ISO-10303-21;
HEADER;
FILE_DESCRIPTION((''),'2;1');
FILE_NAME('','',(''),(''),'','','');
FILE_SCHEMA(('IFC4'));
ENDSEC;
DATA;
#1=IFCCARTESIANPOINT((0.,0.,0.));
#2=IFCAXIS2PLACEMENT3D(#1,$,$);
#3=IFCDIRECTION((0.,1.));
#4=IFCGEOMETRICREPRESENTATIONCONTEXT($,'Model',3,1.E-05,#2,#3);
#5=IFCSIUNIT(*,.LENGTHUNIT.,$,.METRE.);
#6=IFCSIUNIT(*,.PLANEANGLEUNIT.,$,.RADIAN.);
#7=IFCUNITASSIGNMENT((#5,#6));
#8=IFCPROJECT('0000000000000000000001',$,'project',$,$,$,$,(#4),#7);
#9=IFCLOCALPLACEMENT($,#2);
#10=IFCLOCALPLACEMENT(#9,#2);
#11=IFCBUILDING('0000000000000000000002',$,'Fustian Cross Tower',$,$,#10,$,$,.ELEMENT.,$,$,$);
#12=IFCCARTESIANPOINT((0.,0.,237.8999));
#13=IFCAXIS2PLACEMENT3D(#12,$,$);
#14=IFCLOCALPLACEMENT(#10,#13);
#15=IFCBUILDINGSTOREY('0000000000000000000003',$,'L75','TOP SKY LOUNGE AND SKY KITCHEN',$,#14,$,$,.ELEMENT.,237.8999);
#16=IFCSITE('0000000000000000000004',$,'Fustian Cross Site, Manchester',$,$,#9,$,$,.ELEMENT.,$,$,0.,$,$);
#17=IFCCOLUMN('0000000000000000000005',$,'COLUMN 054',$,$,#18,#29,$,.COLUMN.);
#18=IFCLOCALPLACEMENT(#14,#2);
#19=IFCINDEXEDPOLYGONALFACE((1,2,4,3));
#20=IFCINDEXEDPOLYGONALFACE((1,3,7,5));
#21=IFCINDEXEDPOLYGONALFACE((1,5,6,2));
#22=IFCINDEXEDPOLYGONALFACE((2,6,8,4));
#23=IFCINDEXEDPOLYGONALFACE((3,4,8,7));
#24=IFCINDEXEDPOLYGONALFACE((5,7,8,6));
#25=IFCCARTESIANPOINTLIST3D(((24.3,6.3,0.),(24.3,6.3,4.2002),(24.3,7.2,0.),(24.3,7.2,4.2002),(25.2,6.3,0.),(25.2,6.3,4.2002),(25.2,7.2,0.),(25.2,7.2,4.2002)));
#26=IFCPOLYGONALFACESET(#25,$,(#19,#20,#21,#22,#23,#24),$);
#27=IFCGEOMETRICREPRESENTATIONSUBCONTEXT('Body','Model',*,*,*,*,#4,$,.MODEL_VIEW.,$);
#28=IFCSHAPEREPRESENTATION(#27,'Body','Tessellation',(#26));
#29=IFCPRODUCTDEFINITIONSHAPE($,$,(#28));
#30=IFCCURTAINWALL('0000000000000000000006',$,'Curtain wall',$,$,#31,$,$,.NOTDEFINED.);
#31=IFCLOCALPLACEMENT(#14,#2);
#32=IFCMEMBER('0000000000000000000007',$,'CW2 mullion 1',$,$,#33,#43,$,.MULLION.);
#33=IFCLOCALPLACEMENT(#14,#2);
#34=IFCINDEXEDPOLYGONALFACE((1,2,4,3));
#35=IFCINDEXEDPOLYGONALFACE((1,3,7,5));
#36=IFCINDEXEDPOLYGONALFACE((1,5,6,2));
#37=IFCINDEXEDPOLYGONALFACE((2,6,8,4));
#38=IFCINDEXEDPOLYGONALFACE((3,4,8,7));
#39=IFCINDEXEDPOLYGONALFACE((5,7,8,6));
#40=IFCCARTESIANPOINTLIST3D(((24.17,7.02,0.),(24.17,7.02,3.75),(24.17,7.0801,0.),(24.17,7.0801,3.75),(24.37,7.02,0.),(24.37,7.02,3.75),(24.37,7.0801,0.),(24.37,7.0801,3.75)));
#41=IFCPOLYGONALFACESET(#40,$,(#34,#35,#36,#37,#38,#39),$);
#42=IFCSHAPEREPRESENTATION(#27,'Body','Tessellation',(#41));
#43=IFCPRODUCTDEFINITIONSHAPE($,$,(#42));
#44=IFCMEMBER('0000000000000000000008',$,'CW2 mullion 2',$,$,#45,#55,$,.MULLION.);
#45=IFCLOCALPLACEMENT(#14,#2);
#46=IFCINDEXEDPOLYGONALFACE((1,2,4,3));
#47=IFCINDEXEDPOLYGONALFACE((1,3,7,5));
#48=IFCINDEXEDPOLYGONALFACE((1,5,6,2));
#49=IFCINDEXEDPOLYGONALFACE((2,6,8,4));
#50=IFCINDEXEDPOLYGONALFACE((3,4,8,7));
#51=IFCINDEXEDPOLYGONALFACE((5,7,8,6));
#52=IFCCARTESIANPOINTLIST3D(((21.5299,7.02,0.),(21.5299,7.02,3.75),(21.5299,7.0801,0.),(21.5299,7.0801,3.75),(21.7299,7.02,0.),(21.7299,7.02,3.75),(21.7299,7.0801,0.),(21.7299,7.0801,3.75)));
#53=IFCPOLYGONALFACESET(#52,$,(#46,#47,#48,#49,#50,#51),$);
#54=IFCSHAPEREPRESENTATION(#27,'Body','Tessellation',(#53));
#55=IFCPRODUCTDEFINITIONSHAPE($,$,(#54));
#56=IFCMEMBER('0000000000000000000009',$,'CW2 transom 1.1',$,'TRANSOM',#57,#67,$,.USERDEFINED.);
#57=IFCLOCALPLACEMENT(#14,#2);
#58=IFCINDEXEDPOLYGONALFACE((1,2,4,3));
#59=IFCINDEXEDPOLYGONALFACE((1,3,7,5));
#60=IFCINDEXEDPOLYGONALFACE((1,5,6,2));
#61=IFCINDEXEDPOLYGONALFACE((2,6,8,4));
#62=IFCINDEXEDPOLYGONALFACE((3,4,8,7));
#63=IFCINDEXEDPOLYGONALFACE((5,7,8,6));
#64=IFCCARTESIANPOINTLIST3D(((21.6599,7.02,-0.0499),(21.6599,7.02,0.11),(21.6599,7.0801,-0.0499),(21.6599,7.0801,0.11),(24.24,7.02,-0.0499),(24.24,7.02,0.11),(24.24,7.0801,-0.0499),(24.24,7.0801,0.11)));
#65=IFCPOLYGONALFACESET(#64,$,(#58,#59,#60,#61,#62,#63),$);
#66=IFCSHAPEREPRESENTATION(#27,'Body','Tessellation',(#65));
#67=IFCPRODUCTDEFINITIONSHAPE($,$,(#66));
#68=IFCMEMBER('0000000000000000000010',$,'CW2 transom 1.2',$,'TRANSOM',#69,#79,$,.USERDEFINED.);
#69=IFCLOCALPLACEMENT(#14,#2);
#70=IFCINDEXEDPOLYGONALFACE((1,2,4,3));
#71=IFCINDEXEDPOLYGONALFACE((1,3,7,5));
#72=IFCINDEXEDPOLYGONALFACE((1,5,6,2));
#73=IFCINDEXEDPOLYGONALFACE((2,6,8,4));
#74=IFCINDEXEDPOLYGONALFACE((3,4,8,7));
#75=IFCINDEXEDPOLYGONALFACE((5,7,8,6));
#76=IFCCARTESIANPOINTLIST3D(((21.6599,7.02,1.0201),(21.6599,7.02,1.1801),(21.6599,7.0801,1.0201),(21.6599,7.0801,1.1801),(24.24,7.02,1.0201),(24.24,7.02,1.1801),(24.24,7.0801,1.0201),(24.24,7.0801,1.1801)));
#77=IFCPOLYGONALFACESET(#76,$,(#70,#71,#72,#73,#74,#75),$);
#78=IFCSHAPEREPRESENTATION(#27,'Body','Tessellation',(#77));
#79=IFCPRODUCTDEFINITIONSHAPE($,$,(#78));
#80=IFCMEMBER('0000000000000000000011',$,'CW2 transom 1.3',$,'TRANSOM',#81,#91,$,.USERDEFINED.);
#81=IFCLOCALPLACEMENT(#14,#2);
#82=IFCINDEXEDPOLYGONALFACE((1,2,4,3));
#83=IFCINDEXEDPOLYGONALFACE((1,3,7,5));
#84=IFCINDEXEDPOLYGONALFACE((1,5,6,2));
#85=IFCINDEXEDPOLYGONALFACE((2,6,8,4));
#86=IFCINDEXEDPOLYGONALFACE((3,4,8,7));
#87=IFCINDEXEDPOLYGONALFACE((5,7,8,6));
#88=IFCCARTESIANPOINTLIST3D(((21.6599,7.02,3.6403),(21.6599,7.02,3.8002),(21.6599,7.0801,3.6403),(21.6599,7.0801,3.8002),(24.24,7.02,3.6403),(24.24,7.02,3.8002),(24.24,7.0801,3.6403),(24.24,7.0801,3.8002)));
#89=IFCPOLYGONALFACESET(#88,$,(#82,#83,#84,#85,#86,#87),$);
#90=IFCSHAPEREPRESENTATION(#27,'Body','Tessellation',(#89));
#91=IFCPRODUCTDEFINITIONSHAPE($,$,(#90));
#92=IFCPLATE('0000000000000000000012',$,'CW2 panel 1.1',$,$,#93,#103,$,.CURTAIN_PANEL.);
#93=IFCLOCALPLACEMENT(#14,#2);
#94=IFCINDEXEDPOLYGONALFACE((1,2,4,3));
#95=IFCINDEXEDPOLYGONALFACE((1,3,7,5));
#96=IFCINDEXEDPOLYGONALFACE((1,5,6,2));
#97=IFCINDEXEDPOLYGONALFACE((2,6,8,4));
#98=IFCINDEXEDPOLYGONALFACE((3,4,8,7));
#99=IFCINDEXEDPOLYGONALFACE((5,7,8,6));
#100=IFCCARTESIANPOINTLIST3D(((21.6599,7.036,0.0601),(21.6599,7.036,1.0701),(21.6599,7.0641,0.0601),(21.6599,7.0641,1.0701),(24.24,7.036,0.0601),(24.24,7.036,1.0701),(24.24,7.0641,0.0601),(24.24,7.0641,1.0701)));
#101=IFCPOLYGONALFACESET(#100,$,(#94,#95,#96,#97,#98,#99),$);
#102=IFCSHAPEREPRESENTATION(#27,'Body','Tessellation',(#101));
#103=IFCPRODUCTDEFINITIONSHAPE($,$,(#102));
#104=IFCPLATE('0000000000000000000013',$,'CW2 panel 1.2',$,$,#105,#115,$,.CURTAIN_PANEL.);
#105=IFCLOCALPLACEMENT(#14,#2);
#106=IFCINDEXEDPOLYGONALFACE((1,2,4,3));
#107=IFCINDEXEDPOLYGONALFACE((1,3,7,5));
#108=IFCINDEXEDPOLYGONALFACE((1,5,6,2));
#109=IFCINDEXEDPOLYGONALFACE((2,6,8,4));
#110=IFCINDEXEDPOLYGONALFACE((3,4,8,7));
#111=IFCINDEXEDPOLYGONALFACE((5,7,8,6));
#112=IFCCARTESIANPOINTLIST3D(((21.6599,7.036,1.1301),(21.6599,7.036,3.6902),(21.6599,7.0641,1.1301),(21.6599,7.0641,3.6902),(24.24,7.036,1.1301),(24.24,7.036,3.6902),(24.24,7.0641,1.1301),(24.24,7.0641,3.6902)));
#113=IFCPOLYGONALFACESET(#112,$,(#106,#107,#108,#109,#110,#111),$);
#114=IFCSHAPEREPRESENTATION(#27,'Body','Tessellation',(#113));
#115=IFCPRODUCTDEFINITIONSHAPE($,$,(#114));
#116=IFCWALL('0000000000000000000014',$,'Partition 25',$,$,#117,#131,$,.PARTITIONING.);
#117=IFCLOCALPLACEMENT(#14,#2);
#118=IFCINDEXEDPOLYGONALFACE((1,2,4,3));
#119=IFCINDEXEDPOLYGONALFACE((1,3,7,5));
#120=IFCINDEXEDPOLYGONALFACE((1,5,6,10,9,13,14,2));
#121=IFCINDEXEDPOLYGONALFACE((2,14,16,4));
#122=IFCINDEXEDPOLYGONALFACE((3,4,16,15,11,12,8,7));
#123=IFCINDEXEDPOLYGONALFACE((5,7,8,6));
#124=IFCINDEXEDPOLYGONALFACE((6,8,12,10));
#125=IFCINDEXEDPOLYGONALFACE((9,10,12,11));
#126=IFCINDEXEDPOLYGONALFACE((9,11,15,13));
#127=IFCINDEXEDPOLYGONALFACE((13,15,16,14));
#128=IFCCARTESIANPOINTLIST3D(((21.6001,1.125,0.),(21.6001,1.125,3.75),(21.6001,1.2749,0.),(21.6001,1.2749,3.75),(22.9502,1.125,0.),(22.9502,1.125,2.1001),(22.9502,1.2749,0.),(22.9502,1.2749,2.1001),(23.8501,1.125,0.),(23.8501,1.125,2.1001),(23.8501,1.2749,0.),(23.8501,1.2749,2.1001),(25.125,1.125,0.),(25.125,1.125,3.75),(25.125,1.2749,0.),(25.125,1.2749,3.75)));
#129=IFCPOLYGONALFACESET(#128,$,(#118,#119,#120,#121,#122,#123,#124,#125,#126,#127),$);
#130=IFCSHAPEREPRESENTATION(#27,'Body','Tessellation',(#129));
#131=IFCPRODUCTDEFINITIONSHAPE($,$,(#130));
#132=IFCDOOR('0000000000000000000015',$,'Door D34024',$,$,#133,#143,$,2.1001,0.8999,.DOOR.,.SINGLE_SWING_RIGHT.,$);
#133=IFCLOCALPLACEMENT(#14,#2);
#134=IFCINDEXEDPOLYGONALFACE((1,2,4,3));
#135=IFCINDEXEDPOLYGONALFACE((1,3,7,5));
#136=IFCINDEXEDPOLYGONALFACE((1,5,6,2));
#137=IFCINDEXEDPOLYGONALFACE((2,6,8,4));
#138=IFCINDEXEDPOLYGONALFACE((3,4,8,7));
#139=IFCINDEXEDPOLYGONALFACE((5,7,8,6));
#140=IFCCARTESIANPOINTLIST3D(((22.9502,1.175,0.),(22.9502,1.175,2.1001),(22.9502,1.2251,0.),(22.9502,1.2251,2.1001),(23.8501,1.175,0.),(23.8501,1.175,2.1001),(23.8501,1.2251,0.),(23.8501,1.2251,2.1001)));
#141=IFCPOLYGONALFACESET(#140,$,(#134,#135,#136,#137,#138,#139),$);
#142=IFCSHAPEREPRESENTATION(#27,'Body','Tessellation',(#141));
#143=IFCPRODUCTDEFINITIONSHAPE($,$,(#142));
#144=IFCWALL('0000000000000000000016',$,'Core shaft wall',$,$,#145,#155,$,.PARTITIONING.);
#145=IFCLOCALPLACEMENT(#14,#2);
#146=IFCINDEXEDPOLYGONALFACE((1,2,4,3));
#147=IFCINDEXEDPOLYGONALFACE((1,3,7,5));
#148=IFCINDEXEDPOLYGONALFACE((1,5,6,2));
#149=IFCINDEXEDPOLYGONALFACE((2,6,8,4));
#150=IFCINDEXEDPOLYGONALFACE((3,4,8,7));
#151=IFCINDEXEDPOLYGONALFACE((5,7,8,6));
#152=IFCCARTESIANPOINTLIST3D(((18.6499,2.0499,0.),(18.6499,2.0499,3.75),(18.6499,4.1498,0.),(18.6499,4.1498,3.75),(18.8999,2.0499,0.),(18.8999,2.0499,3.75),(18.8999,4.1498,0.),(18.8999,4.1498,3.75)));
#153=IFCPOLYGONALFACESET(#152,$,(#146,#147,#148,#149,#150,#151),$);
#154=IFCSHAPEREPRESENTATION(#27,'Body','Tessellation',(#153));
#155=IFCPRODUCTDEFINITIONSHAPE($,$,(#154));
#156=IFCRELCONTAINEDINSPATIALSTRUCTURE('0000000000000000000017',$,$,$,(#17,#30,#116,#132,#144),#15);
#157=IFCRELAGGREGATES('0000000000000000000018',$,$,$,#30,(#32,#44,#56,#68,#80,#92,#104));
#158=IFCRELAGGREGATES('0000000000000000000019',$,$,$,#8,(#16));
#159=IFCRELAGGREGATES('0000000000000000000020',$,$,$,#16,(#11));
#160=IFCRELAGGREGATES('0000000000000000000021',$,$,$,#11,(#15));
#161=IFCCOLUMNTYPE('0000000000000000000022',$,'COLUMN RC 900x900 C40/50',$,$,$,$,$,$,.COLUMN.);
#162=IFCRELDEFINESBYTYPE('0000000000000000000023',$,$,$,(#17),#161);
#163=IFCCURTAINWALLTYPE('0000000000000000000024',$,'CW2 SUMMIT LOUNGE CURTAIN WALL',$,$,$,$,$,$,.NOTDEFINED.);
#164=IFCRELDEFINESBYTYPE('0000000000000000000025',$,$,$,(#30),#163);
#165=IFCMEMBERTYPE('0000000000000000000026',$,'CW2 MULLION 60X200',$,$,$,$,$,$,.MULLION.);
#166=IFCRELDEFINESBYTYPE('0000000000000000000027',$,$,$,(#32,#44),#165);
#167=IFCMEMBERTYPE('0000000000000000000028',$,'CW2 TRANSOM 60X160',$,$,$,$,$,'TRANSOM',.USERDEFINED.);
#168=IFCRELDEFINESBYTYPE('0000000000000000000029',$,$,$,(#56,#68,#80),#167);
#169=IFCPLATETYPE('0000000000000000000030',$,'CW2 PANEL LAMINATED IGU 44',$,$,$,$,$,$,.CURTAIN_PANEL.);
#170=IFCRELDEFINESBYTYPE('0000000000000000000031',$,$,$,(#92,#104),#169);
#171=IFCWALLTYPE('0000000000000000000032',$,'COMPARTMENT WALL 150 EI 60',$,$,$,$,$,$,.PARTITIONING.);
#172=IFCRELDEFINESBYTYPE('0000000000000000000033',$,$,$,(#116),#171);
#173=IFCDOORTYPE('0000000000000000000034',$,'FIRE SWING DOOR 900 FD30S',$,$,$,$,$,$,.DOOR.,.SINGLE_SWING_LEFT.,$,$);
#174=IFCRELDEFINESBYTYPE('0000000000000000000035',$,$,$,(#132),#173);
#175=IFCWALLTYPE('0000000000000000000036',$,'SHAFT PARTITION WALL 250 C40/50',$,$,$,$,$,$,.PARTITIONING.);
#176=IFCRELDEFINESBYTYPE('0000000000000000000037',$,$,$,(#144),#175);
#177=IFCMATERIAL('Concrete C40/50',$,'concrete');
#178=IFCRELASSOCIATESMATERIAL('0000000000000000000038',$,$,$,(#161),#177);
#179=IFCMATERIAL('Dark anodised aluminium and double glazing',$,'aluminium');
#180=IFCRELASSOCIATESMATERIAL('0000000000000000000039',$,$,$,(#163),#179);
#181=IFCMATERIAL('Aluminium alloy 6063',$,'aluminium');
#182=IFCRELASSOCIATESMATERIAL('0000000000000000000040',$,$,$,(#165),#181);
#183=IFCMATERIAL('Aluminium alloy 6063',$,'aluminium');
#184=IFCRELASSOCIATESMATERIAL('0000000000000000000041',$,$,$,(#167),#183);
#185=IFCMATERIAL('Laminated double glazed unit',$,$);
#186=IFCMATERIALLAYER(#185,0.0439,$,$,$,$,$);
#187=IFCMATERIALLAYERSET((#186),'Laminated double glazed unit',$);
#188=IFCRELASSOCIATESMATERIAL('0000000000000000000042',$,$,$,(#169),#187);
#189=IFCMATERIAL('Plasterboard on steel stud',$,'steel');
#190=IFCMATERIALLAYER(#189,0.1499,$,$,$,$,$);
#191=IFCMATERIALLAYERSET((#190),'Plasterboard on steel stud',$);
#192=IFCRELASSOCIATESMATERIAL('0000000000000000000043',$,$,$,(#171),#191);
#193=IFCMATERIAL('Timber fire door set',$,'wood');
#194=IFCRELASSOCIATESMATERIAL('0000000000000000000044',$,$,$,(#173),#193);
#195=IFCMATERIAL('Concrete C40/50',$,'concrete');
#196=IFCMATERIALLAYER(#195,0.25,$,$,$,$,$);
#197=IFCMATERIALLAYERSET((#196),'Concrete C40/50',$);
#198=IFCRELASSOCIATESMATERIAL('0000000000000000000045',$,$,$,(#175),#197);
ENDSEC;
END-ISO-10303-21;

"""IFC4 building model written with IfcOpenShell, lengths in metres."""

from ifc_helpers import new_model, si_unit, direction, frame, frame_2d, origin, origin_2d, place, context, subcontext, project, spatial, rectangle, extrude, material, layer, layer_set, material_profile, profile_set, type_object, element, fill, aggregate, save


model = new_model("IFC4")

# Units and contexts
model_context = context("Model", 3, precision=1e-05, world=origin(), true_north=direction((0.0, 1.0)))
body_context = subcontext(model_context, "Body", "Model", "MODEL_VIEW")
ifc_project = project(units=[si_unit("LENGTHUNIT", "METRE"), si_unit("PLANEANGLEUNIT", "RADIAN")], contexts=[model_context])

# Site, building, storey
site_placement = place(None, origin())
site = spatial("IfcSite", under=ifc_project, at=site_placement, Name="Fustian Cross Site, Manchester", CompositionType="ELEMENT", RefElevation=0.0)
building_placement = place(site_placement, origin())
building = spatial("IfcBuilding", under=site, at=building_placement, Name="Fustian Cross Tower", CompositionType="ELEMENT")
storey_placement = place(building_placement, frame((0.0, 0.0, 237.8999)))
storey = spatial("IfcBuildingStorey", under=building, at=storey_placement, Name="L75", Description="TOP SKY LOUNGE AND SKY KITCHEN", CompositionType="ELEMENT", Elevation=237.8999)

# Column
ifc_material_1 = material(Name="Concrete C40/50", Category="concrete")
ifc_material_profile_1 = material_profile(ifc_material_1, rectangle(XDim=0.8999, YDim=0.8999, at=origin_2d()), Name="RC 900x900")
ifc_profile_set_1 = profile_set([ifc_material_profile_1], Name="Concrete C40/50")
column_type = type_object("IfcColumnType", Name="COLUMN RC 900x900 C40/50", PredefinedType="COLUMN", material=ifc_profile_set_1)
column_placement = place(storey_placement, frame((24.75, 6.75, 0.0), z_axis=(0.0, 0.0, 1.0), x_axis=(1.0, 0.0, 0.0)))
element("IfcColumn", 1, at=column_placement, inside=storey, type_object=column_type, Name="COLUMN 054", PredefinedType="COLUMN", context=body_context, shape_type="SweptSolid", body=[
    extrude(rectangle(XDim=0.8999, YDim=0.8999, at=origin_2d()), origin(), (0.0, 0.0, 1.0), 4.2002),
])

# Curtain wall, members, plates
ifc_material_2 = material(Name="Dark anodised aluminium and double glazing", Category="aluminium")
curtain_wall_type = type_object("IfcCurtainWallType", Name="CW2 SUMMIT LOUNGE CURTAIN WALL", PredefinedType="NOTDEFINED", material=ifc_material_2)
curtain_wall_placement = place(storey_placement, origin())
curtain_wall = element("IfcCurtainWall", 2, at=curtain_wall_placement, inside=storey, type_object=curtain_wall_type, Name="Curtain wall", PredefinedType="NOTDEFINED")
ifc_material_3 = material(Name="Aluminium alloy 6063", Category="aluminium")
ifc_material_profile_2 = material_profile(ifc_material_3, rectangle(XDim=0.0601, YDim=0.2, at=origin_2d()), Name="CW2 MULLION 60X200")
ifc_profile_set_2 = profile_set([ifc_material_profile_2], Name="Aluminium alloy 6063")
member_type_1 = type_object("IfcMemberType", Name="CW2 MULLION 60X200", PredefinedType="MULLION", material=ifc_profile_set_2)
member_1_placement = place(storey_placement, frame((24.27, 7.05, 0.0), z_axis=(0.0, 0.0, 1.0), x_axis=(0.0, -1.0, 0.0)))
member_1 = element("IfcMember", 3, at=member_1_placement, type_object=member_type_1, Name="CW2 mullion 1", PredefinedType="MULLION", context=body_context, shape_type="SweptSolid", body=[
    extrude(rectangle(XDim=0.0601, YDim=0.2, at=origin_2d()), origin(), (0.0, 0.0, 1.0), 3.75),
])
member_2_placement = place(storey_placement, frame((21.6299, 7.05, 0.0), z_axis=(0.0, 0.0, 1.0), x_axis=(0.0, -1.0, 0.0)))
member_2 = element("IfcMember", 4, at=member_2_placement, type_object=member_type_1, Name="CW2 mullion 2", PredefinedType="MULLION", context=body_context, shape_type="SweptSolid", body=[
    extrude(rectangle(XDim=0.0601, YDim=0.2, at=origin_2d()), origin(), (0.0, 0.0, 1.0), 3.75),
])
ifc_material_4 = material(Name="Aluminium alloy 6063", Category="aluminium")
ifc_material_profile_3 = material_profile(ifc_material_4, rectangle(XDim=0.0601, YDim=0.1599, at=origin_2d()), Name="CW2 TRANSOM 60X160")
ifc_profile_set_3 = profile_set([ifc_material_profile_3], Name="Aluminium alloy 6063")
member_type_2 = type_object("IfcMemberType", Name="CW2 TRANSOM 60X160", ElementType="TRANSOM", PredefinedType="USERDEFINED", material=ifc_profile_set_3)
member_3_placement = place(storey_placement, frame((24.24, 7.05, 0.03), z_axis=(-1.0, 0.0, 0.0), x_axis=(0.0, -1.0, 0.0)))
member_3 = element("IfcMember", 5, at=member_3_placement, type_object=member_type_2, Name="CW2 transom 1.1", ObjectType="TRANSOM", PredefinedType="USERDEFINED", context=body_context, shape_type="SweptSolid", body=[
    extrude(rectangle(XDim=0.0601, YDim=0.1599, at=origin_2d()), origin(), (0.0, 0.0, 1.0), 2.5801),
])
member_4_placement = place(storey_placement, frame((24.24, 7.05, 1.1001), z_axis=(-1.0, 0.0, 0.0), x_axis=(0.0, -1.0, 0.0)))
member_4 = element("IfcMember", 6, at=member_4_placement, type_object=member_type_2, Name="CW2 transom 1.2", ObjectType="TRANSOM", PredefinedType="USERDEFINED", context=body_context, shape_type="SweptSolid", body=[
    extrude(rectangle(XDim=0.0601, YDim=0.1599, at=origin_2d()), origin(), (0.0, 0.0, 1.0), 2.5801),
])
member_5_placement = place(storey_placement, frame((24.24, 7.05, 3.7202), z_axis=(-1.0, 0.0, 0.0), x_axis=(0.0, -1.0, 0.0)))
member_5 = element("IfcMember", 7, at=member_5_placement, type_object=member_type_2, Name="CW2 transom 1.3", ObjectType="TRANSOM", PredefinedType="USERDEFINED", context=body_context, shape_type="SweptSolid", body=[
    extrude(rectangle(XDim=0.0601, YDim=0.1599, at=origin_2d()), origin(), (0.0, 0.0, 1.0), 2.5801),
])
ifc_material_5 = material(Name="Laminated double glazed unit")
ifc_layer_1 = layer(ifc_material_5, 0.0439)
ifc_layer_set_1 = layer_set([ifc_layer_1], Name="Laminated double glazed unit")
plate_type = type_object("IfcPlateType", Name="CW2 PANEL LAMINATED IGU 44", PredefinedType="CURTAIN_PANEL", material=ifc_layer_set_1)
plate_1_placement = place(storey_placement, frame((22.95, 7.05, 0.0601), z_axis=(0.0, 0.0, 1.0), x_axis=(-1.0, 0.0, 0.0)))
plate_1 = element("IfcPlate", 8, at=plate_1_placement, type_object=plate_type, Name="CW2 panel 1.1", PredefinedType="CURTAIN_PANEL", context=body_context, shape_type="SweptSolid", body=[
    extrude(rectangle(XDim=2.5801, YDim=0.0281, at=origin_2d()), origin(), (0.0, 0.0, 1.0), 1.01),
])
plate_2_placement = place(storey_placement, frame((22.95, 7.05, 1.1301), z_axis=(0.0, 0.0, 1.0), x_axis=(-1.0, 0.0, 0.0)))
plate_2 = element("IfcPlate", 9, at=plate_2_placement, type_object=plate_type, Name="CW2 panel 1.2", PredefinedType="CURTAIN_PANEL", context=body_context, shape_type="SweptSolid", body=[
    extrude(rectangle(XDim=2.5801, YDim=0.0281, at=origin_2d()), origin(), (0.0, 0.0, 1.0), 2.5601),
])
aggregate(curtain_wall, [member_1, member_2, member_3, member_4, member_5, plate_1, plate_2])

# Wall, opening, door
ifc_material_6 = material(Name="Plasterboard on steel stud", Category="steel")
ifc_layer_2 = layer(ifc_material_6, 0.1499)
ifc_layer_set_2 = layer_set([ifc_layer_2], Name="Plasterboard on steel stud")
wall_type_1 = type_object("IfcWallType", Name="COMPARTMENT WALL 150 EI 60", PredefinedType="PARTITIONING", material=ifc_layer_set_2)
wall_1_placement = place(storey_placement, frame((21.6001, 1.2, 0.0), z_axis=(0.0, 0.0, 1.0), x_axis=(1.0, 0.0, 0.0)))
wall_1 = element("IfcWall", 10, at=wall_1_placement, inside=storey, type_object=wall_type_1, Name="Partition 25", PredefinedType="PARTITIONING", context=body_context, shape_type="SweptSolid", body=[
    extrude(rectangle(XDim=3.5249, YDim=0.1499, at=frame_2d((1.7625, 0.0))), origin(), (0.0, 0.0, 1.0), 3.75),
])
opening_placement = place(wall_1_placement, frame((1.3501, 0.0, 0.0)))
opening = element("IfcOpeningElement", 11, at=opening_placement, cuts=wall_1, PredefinedType="OPENING", context=body_context, shape_type="SweptSolid", body=[
    extrude(rectangle(XDim=0.8999, YDim=2.1001, at=frame_2d((0.45, 1.05))), frame((0.0, 0.085, 0.0), z_axis=(0.0, -1.0, 0.0), x_axis=(1.0, 0.0, 0.0)), (0.0, 0.0, 1.0), 0.1699),
])
ifc_material_7 = material(Name="Timber fire door set", Category="wood")
door_type = type_object("IfcDoorType", Name="FIRE SWING DOOR 900 FD30S", OperationType="SINGLE_SWING_LEFT", PredefinedType="DOOR", material=ifc_material_7)
door_placement = place(opening_placement, frame((0.8999, 0.0, 0.0), z_axis=(0.0, 0.0, 1.0), x_axis=(-1.0, 0.0, 0.0)))
door = element("IfcDoor", 12, at=door_placement, inside=storey, type_object=door_type, Name="Door D34024", OperationType="SINGLE_SWING_RIGHT", OverallHeight=2.1001, OverallWidth=0.8999, PredefinedType="DOOR", context=body_context, shape_type="SweptSolid", body=[
    extrude(rectangle(XDim=0.8999, YDim=2.1001, at=frame_2d((0.45, 1.05))), frame((0.0, 0.0249, 0.0), z_axis=(0.0, -1.0, 0.0), x_axis=(1.0, 0.0, 0.0)), (0.0, 0.0, 1.0), 0.05),
])
fill(opening, door)

# Wall
ifc_material_8 = material(Name="Concrete C40/50", Category="concrete")
ifc_layer_3 = layer(ifc_material_8, 0.25)
ifc_layer_set_3 = layer_set([ifc_layer_3], Name="Concrete C40/50")
wall_type_2 = type_object("IfcWallType", Name="SHAFT PARTITION WALL 250 C40/50", PredefinedType="PARTITIONING", material=ifc_layer_set_3)
wall_2_placement = place(storey_placement, frame((18.7749, 2.05, 0.0), z_axis=(0.0, 0.0, 1.0), x_axis=(0.0, 1.0, 0.0)))
element("IfcWall", 13, at=wall_2_placement, inside=storey, type_object=wall_type_2, Name="Core shaft wall", PredefinedType="PARTITIONING", context=body_context, shape_type="SweptSolid", body=[
    extrude(rectangle(XDim=2.0999, YDim=0.25, at=frame_2d((1.0498, 0.0))), origin(), (0.0, 0.0, 1.0), 3.75),
])

save(model, "model.ifc")
